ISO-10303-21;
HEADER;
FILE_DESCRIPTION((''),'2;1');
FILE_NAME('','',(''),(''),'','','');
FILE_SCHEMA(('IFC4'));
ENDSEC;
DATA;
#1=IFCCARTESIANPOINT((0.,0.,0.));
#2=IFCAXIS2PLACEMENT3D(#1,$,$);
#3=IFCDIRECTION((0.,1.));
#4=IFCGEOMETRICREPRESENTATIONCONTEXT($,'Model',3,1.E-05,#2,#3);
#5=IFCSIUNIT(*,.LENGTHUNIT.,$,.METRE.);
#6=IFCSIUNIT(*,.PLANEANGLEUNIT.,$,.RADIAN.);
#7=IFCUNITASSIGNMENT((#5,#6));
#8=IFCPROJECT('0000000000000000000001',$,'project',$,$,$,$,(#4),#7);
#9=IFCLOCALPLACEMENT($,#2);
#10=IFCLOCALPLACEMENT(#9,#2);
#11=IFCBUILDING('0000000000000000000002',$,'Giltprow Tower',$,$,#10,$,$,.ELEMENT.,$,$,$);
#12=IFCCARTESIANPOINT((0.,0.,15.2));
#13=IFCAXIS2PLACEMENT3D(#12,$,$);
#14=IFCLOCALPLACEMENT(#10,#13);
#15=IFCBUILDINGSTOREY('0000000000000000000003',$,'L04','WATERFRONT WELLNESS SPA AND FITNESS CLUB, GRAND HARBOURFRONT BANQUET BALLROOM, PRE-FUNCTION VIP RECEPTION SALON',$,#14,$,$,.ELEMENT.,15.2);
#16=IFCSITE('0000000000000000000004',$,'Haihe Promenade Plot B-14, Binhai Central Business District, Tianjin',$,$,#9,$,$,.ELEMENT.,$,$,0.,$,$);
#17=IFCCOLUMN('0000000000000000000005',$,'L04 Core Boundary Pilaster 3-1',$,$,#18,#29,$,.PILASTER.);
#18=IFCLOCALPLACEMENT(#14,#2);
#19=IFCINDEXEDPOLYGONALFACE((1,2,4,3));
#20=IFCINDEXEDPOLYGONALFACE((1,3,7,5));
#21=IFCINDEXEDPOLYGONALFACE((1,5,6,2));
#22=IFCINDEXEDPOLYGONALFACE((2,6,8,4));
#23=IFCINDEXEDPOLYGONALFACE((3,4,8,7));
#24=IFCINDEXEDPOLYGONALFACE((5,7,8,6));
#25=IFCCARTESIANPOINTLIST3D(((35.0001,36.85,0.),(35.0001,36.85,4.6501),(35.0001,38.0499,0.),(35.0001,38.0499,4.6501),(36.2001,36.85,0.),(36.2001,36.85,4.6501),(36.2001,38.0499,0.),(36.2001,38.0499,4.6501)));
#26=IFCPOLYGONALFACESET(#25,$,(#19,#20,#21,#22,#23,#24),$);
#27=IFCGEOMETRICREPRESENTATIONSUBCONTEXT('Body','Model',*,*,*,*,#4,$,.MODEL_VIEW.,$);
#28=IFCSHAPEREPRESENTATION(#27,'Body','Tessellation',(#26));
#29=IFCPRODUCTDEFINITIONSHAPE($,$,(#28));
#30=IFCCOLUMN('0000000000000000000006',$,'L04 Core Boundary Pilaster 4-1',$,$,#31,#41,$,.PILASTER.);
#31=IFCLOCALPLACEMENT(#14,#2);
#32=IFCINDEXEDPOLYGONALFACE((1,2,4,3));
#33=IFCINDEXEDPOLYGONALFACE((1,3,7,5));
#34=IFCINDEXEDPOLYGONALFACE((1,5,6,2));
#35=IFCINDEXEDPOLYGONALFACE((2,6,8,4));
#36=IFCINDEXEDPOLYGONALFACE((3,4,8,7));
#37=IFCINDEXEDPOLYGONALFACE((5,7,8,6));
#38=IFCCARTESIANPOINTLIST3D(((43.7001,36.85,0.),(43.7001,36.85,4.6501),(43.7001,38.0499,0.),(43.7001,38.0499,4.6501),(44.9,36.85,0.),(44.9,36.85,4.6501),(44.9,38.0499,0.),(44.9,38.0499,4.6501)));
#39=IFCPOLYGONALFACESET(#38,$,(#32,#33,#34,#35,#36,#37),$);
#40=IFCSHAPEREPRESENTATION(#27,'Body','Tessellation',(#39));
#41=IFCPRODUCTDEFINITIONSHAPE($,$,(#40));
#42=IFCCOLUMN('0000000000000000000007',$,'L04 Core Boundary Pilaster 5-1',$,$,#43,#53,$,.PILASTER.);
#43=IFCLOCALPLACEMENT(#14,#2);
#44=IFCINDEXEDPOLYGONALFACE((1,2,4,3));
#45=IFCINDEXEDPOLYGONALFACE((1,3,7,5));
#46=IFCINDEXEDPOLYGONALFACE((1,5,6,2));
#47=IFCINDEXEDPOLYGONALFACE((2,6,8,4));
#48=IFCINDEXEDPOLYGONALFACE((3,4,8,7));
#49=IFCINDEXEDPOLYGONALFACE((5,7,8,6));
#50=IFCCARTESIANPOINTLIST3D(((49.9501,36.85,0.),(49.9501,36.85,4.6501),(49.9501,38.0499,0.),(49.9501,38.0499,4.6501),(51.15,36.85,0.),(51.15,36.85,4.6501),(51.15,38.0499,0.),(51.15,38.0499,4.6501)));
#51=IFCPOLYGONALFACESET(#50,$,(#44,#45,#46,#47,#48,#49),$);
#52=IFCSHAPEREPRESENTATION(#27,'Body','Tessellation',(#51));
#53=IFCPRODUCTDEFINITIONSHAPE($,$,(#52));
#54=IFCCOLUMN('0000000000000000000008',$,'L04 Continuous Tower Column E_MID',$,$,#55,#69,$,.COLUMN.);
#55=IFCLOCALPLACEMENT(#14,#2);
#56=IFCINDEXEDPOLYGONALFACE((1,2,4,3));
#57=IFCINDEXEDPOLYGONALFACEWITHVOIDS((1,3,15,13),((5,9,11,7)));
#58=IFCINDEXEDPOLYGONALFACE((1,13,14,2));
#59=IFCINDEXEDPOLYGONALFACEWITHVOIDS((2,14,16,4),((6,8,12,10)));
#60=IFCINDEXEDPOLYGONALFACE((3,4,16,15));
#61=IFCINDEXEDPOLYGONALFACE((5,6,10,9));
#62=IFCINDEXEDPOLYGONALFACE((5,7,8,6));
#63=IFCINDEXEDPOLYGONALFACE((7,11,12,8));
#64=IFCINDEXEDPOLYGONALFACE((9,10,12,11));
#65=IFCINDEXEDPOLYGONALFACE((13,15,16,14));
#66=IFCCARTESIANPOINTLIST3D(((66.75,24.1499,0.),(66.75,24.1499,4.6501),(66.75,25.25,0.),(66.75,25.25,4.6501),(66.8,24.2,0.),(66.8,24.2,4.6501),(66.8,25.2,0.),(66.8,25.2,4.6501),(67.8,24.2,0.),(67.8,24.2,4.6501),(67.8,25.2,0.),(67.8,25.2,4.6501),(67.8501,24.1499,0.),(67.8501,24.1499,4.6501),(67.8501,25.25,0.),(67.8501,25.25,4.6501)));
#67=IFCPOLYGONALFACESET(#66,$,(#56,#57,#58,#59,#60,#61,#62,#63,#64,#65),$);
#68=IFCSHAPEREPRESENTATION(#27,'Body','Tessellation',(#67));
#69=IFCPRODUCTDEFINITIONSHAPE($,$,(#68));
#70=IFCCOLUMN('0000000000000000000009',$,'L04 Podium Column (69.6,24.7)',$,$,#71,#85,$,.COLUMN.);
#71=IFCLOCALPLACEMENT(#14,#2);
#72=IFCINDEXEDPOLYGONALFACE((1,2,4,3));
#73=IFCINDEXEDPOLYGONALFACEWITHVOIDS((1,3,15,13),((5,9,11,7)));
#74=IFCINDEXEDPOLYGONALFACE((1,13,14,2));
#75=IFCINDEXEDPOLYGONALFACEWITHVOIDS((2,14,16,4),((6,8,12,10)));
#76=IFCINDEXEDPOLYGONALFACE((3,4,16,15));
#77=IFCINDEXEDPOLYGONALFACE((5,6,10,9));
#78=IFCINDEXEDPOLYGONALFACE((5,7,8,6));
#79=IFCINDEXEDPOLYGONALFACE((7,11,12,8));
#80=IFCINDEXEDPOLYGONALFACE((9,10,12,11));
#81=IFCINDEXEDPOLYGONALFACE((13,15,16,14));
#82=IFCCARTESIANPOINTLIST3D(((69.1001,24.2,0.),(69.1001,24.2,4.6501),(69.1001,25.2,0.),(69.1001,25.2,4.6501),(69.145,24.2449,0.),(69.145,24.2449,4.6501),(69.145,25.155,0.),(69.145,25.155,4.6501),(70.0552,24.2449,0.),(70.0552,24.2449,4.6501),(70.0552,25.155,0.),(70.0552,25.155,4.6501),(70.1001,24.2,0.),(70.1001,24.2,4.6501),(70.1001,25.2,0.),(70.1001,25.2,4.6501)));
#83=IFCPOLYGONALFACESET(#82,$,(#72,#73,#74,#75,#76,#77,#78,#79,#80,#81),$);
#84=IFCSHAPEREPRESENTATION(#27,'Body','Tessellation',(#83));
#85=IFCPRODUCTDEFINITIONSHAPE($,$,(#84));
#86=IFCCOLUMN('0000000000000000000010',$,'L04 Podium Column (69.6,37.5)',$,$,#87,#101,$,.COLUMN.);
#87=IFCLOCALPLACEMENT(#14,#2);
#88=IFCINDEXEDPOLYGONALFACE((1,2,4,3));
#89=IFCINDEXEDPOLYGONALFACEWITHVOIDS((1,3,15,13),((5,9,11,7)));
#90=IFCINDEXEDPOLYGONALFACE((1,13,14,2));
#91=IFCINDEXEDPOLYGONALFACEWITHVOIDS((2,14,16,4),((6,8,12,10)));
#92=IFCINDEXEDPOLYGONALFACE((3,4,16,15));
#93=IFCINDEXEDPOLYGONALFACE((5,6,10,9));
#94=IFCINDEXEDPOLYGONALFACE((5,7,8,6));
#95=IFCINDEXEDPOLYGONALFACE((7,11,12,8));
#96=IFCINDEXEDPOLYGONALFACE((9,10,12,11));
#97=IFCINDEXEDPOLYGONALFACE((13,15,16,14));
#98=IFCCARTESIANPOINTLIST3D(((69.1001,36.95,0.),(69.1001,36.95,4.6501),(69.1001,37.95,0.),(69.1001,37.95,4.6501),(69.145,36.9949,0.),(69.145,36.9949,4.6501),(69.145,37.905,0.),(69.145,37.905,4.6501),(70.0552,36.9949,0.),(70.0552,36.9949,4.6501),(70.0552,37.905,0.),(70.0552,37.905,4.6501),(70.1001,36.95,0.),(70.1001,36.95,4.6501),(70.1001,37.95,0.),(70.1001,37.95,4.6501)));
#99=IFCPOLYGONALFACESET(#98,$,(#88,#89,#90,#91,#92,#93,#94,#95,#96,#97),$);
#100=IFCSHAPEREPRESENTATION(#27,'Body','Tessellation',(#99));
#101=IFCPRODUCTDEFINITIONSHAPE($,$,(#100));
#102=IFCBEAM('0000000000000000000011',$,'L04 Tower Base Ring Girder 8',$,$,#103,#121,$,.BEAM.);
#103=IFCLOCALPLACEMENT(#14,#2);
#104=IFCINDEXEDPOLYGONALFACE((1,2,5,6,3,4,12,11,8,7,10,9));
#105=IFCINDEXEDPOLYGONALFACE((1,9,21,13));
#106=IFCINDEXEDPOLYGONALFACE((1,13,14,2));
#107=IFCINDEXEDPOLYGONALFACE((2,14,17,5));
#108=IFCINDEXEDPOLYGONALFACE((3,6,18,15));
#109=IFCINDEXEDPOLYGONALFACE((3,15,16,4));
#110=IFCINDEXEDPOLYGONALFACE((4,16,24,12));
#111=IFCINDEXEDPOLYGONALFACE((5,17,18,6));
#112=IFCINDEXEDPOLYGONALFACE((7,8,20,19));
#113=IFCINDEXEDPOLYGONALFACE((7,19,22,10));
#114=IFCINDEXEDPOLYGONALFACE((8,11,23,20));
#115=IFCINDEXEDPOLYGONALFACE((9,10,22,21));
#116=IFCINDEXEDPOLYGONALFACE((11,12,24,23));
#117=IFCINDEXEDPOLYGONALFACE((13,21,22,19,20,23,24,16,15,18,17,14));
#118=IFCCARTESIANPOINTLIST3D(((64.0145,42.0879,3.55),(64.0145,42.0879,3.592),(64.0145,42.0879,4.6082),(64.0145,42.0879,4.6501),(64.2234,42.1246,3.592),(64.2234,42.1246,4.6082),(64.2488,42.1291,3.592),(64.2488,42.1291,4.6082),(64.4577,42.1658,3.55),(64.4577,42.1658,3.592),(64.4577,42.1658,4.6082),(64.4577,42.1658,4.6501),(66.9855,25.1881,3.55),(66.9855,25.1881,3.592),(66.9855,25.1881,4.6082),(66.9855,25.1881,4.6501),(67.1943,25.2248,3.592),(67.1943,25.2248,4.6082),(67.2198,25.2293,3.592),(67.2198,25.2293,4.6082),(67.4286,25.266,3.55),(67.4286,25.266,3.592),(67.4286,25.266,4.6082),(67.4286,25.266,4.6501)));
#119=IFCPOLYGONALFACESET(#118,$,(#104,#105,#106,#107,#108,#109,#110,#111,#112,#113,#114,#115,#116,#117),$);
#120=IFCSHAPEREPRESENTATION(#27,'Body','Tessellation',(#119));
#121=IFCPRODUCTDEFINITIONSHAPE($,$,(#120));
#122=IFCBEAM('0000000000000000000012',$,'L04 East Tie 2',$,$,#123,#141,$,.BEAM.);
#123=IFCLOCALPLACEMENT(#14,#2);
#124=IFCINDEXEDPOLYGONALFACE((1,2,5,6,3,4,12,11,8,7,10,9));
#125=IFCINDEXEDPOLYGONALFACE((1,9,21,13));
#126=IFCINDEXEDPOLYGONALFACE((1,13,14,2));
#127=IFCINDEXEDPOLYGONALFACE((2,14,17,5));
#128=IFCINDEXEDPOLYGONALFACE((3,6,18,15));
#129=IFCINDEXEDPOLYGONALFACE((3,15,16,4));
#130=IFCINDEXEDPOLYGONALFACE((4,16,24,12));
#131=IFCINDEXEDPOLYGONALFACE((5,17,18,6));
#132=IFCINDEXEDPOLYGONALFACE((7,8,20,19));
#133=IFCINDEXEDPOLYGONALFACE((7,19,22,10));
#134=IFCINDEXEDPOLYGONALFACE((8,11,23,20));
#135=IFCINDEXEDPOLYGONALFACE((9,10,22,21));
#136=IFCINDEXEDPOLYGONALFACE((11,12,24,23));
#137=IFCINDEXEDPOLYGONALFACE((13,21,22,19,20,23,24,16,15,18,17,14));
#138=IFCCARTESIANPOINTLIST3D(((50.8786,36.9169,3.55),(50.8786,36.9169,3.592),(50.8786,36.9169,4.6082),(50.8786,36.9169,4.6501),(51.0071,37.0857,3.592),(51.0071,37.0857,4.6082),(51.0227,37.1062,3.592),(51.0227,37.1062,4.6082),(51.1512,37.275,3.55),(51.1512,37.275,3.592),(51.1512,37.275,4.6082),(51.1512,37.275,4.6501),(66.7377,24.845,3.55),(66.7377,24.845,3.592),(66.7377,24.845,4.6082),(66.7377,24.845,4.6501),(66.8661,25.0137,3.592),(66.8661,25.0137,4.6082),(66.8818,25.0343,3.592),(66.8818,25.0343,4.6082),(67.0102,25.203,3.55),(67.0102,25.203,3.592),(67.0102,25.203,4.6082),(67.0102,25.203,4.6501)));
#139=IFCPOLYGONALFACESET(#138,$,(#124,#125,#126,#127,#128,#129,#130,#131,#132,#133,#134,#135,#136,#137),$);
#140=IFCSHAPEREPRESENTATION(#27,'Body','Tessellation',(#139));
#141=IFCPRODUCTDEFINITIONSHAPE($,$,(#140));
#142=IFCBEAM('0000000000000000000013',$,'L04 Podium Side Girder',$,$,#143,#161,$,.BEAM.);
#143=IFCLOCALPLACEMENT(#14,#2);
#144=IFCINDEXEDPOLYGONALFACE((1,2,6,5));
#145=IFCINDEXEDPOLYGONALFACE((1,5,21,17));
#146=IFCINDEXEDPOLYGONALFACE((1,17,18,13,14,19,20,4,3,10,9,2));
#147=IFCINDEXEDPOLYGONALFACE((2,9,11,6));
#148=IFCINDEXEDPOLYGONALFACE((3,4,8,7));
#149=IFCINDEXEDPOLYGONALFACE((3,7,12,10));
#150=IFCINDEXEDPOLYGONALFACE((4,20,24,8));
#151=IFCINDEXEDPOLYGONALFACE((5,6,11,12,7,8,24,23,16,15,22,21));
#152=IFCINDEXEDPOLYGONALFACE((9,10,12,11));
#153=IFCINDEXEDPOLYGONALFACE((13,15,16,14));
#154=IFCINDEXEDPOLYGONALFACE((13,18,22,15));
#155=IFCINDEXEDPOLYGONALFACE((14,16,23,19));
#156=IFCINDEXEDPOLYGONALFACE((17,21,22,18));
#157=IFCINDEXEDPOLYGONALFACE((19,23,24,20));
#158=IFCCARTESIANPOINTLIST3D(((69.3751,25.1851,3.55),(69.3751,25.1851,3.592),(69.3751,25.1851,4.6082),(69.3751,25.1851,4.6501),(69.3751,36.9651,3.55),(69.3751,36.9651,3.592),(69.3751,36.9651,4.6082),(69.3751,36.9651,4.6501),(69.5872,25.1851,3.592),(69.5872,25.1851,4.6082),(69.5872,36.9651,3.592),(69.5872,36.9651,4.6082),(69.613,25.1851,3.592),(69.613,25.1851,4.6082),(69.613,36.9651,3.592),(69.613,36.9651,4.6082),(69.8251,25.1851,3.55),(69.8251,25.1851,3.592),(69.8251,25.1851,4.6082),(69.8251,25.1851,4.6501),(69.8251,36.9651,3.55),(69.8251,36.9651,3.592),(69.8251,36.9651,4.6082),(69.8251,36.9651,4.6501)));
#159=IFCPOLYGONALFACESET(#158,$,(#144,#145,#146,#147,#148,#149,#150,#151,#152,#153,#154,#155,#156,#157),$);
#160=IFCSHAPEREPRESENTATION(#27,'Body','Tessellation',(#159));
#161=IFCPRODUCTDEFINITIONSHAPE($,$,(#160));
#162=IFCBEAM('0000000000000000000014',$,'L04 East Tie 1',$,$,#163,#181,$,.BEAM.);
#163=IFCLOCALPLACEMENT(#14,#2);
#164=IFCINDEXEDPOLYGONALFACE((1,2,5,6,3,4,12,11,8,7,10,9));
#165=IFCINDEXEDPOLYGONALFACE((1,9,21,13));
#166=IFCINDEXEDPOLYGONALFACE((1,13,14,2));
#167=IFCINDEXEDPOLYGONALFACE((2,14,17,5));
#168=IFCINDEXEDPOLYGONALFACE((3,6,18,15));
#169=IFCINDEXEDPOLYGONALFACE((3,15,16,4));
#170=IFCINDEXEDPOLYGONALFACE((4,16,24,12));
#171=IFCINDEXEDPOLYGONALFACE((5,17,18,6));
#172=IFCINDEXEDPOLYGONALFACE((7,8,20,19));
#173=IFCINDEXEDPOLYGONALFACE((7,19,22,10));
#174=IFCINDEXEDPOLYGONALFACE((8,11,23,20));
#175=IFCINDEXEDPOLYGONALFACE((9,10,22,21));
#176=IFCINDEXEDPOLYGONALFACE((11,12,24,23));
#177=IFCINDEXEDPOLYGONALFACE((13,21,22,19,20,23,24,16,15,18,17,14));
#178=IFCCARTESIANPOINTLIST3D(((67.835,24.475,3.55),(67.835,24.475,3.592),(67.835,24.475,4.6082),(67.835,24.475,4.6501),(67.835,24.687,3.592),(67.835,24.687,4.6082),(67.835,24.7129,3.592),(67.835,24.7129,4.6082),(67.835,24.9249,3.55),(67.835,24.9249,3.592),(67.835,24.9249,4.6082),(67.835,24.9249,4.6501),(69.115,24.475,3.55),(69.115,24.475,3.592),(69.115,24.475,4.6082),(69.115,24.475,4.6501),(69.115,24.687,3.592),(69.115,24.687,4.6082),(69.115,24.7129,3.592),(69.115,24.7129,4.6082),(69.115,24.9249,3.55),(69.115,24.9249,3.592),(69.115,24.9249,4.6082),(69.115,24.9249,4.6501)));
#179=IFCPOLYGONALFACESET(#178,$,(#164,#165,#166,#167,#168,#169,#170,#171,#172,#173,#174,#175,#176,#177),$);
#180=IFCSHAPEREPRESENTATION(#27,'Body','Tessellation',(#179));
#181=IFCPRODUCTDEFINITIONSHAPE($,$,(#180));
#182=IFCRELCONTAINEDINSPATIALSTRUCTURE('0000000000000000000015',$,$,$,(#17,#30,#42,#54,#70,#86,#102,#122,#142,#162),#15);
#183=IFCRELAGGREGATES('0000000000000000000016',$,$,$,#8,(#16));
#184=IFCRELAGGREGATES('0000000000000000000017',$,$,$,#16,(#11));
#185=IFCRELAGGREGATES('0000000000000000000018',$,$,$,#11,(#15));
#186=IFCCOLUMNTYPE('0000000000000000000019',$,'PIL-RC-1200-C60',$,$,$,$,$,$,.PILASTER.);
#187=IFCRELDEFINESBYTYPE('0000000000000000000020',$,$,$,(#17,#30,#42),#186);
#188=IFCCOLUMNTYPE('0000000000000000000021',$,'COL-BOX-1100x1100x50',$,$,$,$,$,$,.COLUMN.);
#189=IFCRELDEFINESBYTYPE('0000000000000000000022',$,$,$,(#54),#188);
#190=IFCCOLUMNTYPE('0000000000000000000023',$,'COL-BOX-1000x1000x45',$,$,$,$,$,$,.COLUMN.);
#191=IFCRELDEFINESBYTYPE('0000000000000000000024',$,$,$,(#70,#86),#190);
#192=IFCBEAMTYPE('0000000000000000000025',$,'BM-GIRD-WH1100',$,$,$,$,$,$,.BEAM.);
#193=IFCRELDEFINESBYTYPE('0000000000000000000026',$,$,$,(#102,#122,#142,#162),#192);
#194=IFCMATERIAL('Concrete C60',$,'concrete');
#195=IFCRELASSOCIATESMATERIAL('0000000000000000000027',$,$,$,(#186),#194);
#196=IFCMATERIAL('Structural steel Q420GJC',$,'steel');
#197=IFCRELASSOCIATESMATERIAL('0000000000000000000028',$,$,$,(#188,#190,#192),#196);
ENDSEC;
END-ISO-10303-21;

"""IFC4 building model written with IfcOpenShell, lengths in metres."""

from ifc_helpers import new_model, si_unit, direction, frame, origin, origin_2d, place, context, subcontext, project, spatial, rectangle, hollow_rectangle, i_section, extrude, source, transform, mapped, material, material_profile, profile_set, type_object, element, save


model = new_model("IFC4")

# Units and contexts
model_context = context("Model", 3, precision=1e-05, world=origin(), true_north=direction((0.0, 1.0)))
body_context = subcontext(model_context, "Body", "Model", "MODEL_VIEW")
ifc_project = project(units=[si_unit("LENGTHUNIT", "METRE"), si_unit("PLANEANGLEUNIT", "RADIAN")], contexts=[model_context])

# Site, building, storey
site_placement = place(None, origin())
site = spatial("IfcSite", under=ifc_project, at=site_placement, Name="Haihe Promenade Plot B-14, Binhai Central Business District, Tianjin", CompositionType="ELEMENT", RefElevation=0.0)
building_placement = place(site_placement, origin())
building = spatial("IfcBuilding", under=site, at=building_placement, Name="Giltprow Tower", CompositionType="ELEMENT")
storey_placement = place(building_placement, frame((0.0, 0.0, 15.2)))
storey = spatial("IfcBuildingStorey", under=building, at=storey_placement, Name="L04", Description="WATERFRONT WELLNESS SPA AND FITNESS CLUB, GRAND HARBOURFRONT BANQUET BALLROOM, PRE-FUNCTION VIP RECEPTION SALON", CompositionType="ELEMENT", Elevation=15.2)

# Columns
ifc_material_1 = material(Name="Concrete C60", Category="concrete")
ifc_material_profile_1 = material_profile(ifc_material_1, rectangle(XDim=1.2, YDim=1.2, at=origin_2d()), Name="RC 1200x1200")
ifc_profile_set_1 = profile_set([ifc_material_profile_1], Name="Concrete C60")
column_type_1 = type_object("IfcColumnType", Name="PIL-RC-1200-C60", PredefinedType="PILASTER", material=ifc_profile_set_1)
shared_shape_1 = source(origin(), body_context, "Body", "SweptSolid", [
    extrude(rectangle(XDim=1.2, YDim=1.2, at=origin_2d()), origin(), (0.0, 0.0, 1.0), 4.6501),
])
for number, where, z_axis, x_axis, name in (
    (1, (35.6001, 37.45, 0.0), (0.0, 0.0, 1.0), (1.0, 0.0, 0.0), "L04 Core Boundary Pilaster 3-1"),
    (2, (44.3, 37.45, 0.0), (0.0, 0.0, 1.0), (1.0, 0.0, 0.0), "L04 Core Boundary Pilaster 4-1"),
    (3, (50.55, 37.45, 0.0), (0.0, 0.0, 1.0), (1.0, 0.0, 0.0), "L04 Core Boundary Pilaster 5-1"),
):
    element("IfcColumn", number, at=place(storey_placement, frame(where, z_axis=z_axis, x_axis=x_axis)), inside=storey, type_object=column_type_1, Name=name, PredefinedType="PILASTER", context=body_context, shape_type="MappedRepresentation", body=[
        mapped(shared_shape_1, transform((0.0, 0.0, 0.0), x_axis=(1.0, 0.0, 0.0), y_axis=(0.0, 1.0, 0.0), z_axis=(0.0, 0.0, 1.0), scale=1.0)),
    ])
ifc_material_2 = material(Name="Structural steel Q420GJC", Category="steel")
ifc_material_profile_2 = material_profile(ifc_material_2, hollow_rectangle(XDim=1.1001, YDim=1.1001, WallThickness=0.05, at=origin_2d()), Name="BOX 1100x1100x50")
ifc_profile_set_2 = profile_set([ifc_material_profile_2], Name="Structural steel Q420GJC")
column_type_2 = type_object("IfcColumnType", Name="COL-BOX-1100x1100x50", PredefinedType="COLUMN", material=ifc_profile_set_2)
shared_shape_2 = source(origin(), body_context, "Body", "SweptSolid", [
    extrude(hollow_rectangle(XDim=1.1001, YDim=1.1001, WallThickness=0.05, at=origin_2d()), origin(), (0.0, 0.0, 1.0), 4.6501),
])
column_placement = place(storey_placement, frame((67.3, 24.7, 0.0), z_axis=(0.0, 0.0, 1.0), x_axis=(1.0, 0.0, 0.0)))
element("IfcColumn", 4, at=column_placement, inside=storey, type_object=column_type_2, Name="L04 Continuous Tower Column E_MID", PredefinedType="COLUMN", context=body_context, shape_type="MappedRepresentation", body=[
    mapped(shared_shape_2, transform((0.0, 0.0, 0.0), x_axis=(1.0, 0.0, 0.0), y_axis=(0.0, 1.0, 0.0), z_axis=(0.0, 0.0, 1.0), scale=1.0)),
])
ifc_material_profile_3 = material_profile(ifc_material_2, hollow_rectangle(XDim=1.0, YDim=1.0, WallThickness=0.0449, at=origin_2d()), Name="BOX 1000x1000x45")
ifc_profile_set_3 = profile_set([ifc_material_profile_3], Name="Structural steel Q420GJC")
column_type_3 = type_object("IfcColumnType", Name="COL-BOX-1000x1000x45", PredefinedType="COLUMN", material=ifc_profile_set_3)
shared_shape_3 = source(origin(), body_context, "Body", "SweptSolid", [
    extrude(hollow_rectangle(XDim=1.0, YDim=1.0, WallThickness=0.0449, at=origin_2d()), origin(), (0.0, 0.0, 1.0), 4.6501),
])
for number, where, z_axis, x_axis, name in (
    (5, (69.6001, 24.7, 0.0), (0.0, 0.0, 1.0), (1.0, 0.0, 0.0), "L04 Podium Column (69.6,24.7)"),
    (6, (69.6001, 37.45, 0.0), (0.0, 0.0, 1.0), (1.0, 0.0, 0.0), "L04 Podium Column (69.6,37.5)"),
):
    element("IfcColumn", number, at=place(storey_placement, frame(where, z_axis=z_axis, x_axis=x_axis)), inside=storey, type_object=column_type_3, Name=name, PredefinedType="COLUMN", context=body_context, shape_type="MappedRepresentation", body=[
        mapped(shared_shape_3, transform((0.0, 0.0, 0.0), x_axis=(1.0, 0.0, 0.0), y_axis=(0.0, 1.0, 0.0), z_axis=(0.0, 0.0, 1.0), scale=1.0)),
    ])

# Beams
ifc_material_profile_4 = material_profile(ifc_material_2, i_section(OverallWidth=0.45, OverallDepth=1.1001, WebThickness=0.0259, FlangeThickness=0.042, at=origin_2d()), Name="WH 1100x450x26x42")
ifc_profile_set_4 = profile_set([ifc_material_profile_4], Name="Structural steel Q420GJC")
beam_type_1 = type_object("IfcBeamType", Name="BM-GIRD-WH1100", PredefinedType="BEAM", material=ifc_profile_set_4)
shared_shape_4 = source(origin(), body_context, "Body", "SweptSolid", [
    extrude(i_section(OverallWidth=0.45, OverallDepth=1.1001, WebThickness=0.0259, FlangeThickness=0.042, at=origin_2d()), origin(), (0.0, 0.0, 1.0), 17.1589),
])
beam_1_placement = place(storey_placement, frame((67.207, 25.2271, 4.1001), z_axis=(-0.173142, 0.984897, 0.0), x_axis=(-0.984897, -0.173142, 0.0)))
element("IfcBeam", 7, at=beam_1_placement, inside=storey, type_object=beam_type_1, Name="L04 Tower Base Ring Girder 8", PredefinedType="BEAM", context=body_context, shape_type="MappedRepresentation", body=[
    mapped(shared_shape_4, transform((0.0, 0.0, 0.0), x_axis=(1.0, 0.0, 0.0), y_axis=(0.0, 1.0, 0.0), z_axis=(0.0, 0.0, 1.0), scale=1.0)),
])
shared_shape_5 = source(origin(), body_context, "Body", "SweptSolid", [
    extrude(i_section(OverallWidth=0.45, OverallDepth=1.1001, WebThickness=0.0259, FlangeThickness=0.042, at=origin_2d()), origin(), (0.0, 0.0, 1.0), 19.9309),
])
beam_2_placement = place(storey_placement, frame((51.0149, 37.0959, 4.1001), z_axis=(0.795701, -0.60569, 0.0), x_axis=(0.60569, 0.795701, 0.0)))
element("IfcBeam", 8, at=beam_2_placement, inside=storey, type_object=beam_type_1, Name="L04 East Tie 2", PredefinedType="BEAM", context=body_context, shape_type="MappedRepresentation", body=[
    mapped(shared_shape_5, transform((0.0, 0.0, 0.0), x_axis=(1.0, 0.0, 0.0), y_axis=(0.0, 1.0, 0.0), z_axis=(0.0, 0.0, 1.0), scale=1.0)),
])
shared_shape_6 = source(origin(), body_context, "Body", "SweptSolid", [
    extrude(i_section(OverallWidth=0.45, OverallDepth=1.1001, WebThickness=0.0259, FlangeThickness=0.042, at=origin_2d()), origin(), (0.0, 0.0, 1.0), 11.78),
])
beam_3_placement = place(storey_placement, frame((69.6001, 25.1851, 4.1001), z_axis=(0.0, 1.0, 0.0), x_axis=(-1.0, 0.0, 0.0)))
element("IfcBeam", 9, at=beam_3_placement, inside=storey, type_object=beam_type_1, Name="L04 Podium Side Girder", PredefinedType="BEAM", context=body_context, shape_type="MappedRepresentation", body=[
    mapped(shared_shape_6, transform((0.0, 0.0, 0.0), x_axis=(1.0, 0.0, 0.0), y_axis=(0.0, 1.0, 0.0), z_axis=(0.0, 0.0, 1.0), scale=1.0)),
])
shared_shape_7 = source(origin(), body_context, "Body", "SweptSolid", [
    extrude(i_section(OverallWidth=0.45, OverallDepth=1.1001, WebThickness=0.0259, FlangeThickness=0.042, at=origin_2d()), origin(), (0.0, 0.0, 1.0), 1.28),
])
beam_4_placement = place(storey_placement, frame((67.835, 24.7, 4.1001), z_axis=(1.0, 0.0, 0.0), x_axis=(0.0, 1.0, 0.0)))
element("IfcBeam", 10, at=beam_4_placement, inside=storey, type_object=beam_type_1, Name="L04 East Tie 1", PredefinedType="BEAM", context=body_context, shape_type="MappedRepresentation", body=[
    mapped(shared_shape_7, transform((0.0, 0.0, 0.0), x_axis=(1.0, 0.0, 0.0), y_axis=(0.0, 1.0, 0.0), z_axis=(0.0, 0.0, 1.0), scale=1.0)),
])

save(model, "model.ifc")
